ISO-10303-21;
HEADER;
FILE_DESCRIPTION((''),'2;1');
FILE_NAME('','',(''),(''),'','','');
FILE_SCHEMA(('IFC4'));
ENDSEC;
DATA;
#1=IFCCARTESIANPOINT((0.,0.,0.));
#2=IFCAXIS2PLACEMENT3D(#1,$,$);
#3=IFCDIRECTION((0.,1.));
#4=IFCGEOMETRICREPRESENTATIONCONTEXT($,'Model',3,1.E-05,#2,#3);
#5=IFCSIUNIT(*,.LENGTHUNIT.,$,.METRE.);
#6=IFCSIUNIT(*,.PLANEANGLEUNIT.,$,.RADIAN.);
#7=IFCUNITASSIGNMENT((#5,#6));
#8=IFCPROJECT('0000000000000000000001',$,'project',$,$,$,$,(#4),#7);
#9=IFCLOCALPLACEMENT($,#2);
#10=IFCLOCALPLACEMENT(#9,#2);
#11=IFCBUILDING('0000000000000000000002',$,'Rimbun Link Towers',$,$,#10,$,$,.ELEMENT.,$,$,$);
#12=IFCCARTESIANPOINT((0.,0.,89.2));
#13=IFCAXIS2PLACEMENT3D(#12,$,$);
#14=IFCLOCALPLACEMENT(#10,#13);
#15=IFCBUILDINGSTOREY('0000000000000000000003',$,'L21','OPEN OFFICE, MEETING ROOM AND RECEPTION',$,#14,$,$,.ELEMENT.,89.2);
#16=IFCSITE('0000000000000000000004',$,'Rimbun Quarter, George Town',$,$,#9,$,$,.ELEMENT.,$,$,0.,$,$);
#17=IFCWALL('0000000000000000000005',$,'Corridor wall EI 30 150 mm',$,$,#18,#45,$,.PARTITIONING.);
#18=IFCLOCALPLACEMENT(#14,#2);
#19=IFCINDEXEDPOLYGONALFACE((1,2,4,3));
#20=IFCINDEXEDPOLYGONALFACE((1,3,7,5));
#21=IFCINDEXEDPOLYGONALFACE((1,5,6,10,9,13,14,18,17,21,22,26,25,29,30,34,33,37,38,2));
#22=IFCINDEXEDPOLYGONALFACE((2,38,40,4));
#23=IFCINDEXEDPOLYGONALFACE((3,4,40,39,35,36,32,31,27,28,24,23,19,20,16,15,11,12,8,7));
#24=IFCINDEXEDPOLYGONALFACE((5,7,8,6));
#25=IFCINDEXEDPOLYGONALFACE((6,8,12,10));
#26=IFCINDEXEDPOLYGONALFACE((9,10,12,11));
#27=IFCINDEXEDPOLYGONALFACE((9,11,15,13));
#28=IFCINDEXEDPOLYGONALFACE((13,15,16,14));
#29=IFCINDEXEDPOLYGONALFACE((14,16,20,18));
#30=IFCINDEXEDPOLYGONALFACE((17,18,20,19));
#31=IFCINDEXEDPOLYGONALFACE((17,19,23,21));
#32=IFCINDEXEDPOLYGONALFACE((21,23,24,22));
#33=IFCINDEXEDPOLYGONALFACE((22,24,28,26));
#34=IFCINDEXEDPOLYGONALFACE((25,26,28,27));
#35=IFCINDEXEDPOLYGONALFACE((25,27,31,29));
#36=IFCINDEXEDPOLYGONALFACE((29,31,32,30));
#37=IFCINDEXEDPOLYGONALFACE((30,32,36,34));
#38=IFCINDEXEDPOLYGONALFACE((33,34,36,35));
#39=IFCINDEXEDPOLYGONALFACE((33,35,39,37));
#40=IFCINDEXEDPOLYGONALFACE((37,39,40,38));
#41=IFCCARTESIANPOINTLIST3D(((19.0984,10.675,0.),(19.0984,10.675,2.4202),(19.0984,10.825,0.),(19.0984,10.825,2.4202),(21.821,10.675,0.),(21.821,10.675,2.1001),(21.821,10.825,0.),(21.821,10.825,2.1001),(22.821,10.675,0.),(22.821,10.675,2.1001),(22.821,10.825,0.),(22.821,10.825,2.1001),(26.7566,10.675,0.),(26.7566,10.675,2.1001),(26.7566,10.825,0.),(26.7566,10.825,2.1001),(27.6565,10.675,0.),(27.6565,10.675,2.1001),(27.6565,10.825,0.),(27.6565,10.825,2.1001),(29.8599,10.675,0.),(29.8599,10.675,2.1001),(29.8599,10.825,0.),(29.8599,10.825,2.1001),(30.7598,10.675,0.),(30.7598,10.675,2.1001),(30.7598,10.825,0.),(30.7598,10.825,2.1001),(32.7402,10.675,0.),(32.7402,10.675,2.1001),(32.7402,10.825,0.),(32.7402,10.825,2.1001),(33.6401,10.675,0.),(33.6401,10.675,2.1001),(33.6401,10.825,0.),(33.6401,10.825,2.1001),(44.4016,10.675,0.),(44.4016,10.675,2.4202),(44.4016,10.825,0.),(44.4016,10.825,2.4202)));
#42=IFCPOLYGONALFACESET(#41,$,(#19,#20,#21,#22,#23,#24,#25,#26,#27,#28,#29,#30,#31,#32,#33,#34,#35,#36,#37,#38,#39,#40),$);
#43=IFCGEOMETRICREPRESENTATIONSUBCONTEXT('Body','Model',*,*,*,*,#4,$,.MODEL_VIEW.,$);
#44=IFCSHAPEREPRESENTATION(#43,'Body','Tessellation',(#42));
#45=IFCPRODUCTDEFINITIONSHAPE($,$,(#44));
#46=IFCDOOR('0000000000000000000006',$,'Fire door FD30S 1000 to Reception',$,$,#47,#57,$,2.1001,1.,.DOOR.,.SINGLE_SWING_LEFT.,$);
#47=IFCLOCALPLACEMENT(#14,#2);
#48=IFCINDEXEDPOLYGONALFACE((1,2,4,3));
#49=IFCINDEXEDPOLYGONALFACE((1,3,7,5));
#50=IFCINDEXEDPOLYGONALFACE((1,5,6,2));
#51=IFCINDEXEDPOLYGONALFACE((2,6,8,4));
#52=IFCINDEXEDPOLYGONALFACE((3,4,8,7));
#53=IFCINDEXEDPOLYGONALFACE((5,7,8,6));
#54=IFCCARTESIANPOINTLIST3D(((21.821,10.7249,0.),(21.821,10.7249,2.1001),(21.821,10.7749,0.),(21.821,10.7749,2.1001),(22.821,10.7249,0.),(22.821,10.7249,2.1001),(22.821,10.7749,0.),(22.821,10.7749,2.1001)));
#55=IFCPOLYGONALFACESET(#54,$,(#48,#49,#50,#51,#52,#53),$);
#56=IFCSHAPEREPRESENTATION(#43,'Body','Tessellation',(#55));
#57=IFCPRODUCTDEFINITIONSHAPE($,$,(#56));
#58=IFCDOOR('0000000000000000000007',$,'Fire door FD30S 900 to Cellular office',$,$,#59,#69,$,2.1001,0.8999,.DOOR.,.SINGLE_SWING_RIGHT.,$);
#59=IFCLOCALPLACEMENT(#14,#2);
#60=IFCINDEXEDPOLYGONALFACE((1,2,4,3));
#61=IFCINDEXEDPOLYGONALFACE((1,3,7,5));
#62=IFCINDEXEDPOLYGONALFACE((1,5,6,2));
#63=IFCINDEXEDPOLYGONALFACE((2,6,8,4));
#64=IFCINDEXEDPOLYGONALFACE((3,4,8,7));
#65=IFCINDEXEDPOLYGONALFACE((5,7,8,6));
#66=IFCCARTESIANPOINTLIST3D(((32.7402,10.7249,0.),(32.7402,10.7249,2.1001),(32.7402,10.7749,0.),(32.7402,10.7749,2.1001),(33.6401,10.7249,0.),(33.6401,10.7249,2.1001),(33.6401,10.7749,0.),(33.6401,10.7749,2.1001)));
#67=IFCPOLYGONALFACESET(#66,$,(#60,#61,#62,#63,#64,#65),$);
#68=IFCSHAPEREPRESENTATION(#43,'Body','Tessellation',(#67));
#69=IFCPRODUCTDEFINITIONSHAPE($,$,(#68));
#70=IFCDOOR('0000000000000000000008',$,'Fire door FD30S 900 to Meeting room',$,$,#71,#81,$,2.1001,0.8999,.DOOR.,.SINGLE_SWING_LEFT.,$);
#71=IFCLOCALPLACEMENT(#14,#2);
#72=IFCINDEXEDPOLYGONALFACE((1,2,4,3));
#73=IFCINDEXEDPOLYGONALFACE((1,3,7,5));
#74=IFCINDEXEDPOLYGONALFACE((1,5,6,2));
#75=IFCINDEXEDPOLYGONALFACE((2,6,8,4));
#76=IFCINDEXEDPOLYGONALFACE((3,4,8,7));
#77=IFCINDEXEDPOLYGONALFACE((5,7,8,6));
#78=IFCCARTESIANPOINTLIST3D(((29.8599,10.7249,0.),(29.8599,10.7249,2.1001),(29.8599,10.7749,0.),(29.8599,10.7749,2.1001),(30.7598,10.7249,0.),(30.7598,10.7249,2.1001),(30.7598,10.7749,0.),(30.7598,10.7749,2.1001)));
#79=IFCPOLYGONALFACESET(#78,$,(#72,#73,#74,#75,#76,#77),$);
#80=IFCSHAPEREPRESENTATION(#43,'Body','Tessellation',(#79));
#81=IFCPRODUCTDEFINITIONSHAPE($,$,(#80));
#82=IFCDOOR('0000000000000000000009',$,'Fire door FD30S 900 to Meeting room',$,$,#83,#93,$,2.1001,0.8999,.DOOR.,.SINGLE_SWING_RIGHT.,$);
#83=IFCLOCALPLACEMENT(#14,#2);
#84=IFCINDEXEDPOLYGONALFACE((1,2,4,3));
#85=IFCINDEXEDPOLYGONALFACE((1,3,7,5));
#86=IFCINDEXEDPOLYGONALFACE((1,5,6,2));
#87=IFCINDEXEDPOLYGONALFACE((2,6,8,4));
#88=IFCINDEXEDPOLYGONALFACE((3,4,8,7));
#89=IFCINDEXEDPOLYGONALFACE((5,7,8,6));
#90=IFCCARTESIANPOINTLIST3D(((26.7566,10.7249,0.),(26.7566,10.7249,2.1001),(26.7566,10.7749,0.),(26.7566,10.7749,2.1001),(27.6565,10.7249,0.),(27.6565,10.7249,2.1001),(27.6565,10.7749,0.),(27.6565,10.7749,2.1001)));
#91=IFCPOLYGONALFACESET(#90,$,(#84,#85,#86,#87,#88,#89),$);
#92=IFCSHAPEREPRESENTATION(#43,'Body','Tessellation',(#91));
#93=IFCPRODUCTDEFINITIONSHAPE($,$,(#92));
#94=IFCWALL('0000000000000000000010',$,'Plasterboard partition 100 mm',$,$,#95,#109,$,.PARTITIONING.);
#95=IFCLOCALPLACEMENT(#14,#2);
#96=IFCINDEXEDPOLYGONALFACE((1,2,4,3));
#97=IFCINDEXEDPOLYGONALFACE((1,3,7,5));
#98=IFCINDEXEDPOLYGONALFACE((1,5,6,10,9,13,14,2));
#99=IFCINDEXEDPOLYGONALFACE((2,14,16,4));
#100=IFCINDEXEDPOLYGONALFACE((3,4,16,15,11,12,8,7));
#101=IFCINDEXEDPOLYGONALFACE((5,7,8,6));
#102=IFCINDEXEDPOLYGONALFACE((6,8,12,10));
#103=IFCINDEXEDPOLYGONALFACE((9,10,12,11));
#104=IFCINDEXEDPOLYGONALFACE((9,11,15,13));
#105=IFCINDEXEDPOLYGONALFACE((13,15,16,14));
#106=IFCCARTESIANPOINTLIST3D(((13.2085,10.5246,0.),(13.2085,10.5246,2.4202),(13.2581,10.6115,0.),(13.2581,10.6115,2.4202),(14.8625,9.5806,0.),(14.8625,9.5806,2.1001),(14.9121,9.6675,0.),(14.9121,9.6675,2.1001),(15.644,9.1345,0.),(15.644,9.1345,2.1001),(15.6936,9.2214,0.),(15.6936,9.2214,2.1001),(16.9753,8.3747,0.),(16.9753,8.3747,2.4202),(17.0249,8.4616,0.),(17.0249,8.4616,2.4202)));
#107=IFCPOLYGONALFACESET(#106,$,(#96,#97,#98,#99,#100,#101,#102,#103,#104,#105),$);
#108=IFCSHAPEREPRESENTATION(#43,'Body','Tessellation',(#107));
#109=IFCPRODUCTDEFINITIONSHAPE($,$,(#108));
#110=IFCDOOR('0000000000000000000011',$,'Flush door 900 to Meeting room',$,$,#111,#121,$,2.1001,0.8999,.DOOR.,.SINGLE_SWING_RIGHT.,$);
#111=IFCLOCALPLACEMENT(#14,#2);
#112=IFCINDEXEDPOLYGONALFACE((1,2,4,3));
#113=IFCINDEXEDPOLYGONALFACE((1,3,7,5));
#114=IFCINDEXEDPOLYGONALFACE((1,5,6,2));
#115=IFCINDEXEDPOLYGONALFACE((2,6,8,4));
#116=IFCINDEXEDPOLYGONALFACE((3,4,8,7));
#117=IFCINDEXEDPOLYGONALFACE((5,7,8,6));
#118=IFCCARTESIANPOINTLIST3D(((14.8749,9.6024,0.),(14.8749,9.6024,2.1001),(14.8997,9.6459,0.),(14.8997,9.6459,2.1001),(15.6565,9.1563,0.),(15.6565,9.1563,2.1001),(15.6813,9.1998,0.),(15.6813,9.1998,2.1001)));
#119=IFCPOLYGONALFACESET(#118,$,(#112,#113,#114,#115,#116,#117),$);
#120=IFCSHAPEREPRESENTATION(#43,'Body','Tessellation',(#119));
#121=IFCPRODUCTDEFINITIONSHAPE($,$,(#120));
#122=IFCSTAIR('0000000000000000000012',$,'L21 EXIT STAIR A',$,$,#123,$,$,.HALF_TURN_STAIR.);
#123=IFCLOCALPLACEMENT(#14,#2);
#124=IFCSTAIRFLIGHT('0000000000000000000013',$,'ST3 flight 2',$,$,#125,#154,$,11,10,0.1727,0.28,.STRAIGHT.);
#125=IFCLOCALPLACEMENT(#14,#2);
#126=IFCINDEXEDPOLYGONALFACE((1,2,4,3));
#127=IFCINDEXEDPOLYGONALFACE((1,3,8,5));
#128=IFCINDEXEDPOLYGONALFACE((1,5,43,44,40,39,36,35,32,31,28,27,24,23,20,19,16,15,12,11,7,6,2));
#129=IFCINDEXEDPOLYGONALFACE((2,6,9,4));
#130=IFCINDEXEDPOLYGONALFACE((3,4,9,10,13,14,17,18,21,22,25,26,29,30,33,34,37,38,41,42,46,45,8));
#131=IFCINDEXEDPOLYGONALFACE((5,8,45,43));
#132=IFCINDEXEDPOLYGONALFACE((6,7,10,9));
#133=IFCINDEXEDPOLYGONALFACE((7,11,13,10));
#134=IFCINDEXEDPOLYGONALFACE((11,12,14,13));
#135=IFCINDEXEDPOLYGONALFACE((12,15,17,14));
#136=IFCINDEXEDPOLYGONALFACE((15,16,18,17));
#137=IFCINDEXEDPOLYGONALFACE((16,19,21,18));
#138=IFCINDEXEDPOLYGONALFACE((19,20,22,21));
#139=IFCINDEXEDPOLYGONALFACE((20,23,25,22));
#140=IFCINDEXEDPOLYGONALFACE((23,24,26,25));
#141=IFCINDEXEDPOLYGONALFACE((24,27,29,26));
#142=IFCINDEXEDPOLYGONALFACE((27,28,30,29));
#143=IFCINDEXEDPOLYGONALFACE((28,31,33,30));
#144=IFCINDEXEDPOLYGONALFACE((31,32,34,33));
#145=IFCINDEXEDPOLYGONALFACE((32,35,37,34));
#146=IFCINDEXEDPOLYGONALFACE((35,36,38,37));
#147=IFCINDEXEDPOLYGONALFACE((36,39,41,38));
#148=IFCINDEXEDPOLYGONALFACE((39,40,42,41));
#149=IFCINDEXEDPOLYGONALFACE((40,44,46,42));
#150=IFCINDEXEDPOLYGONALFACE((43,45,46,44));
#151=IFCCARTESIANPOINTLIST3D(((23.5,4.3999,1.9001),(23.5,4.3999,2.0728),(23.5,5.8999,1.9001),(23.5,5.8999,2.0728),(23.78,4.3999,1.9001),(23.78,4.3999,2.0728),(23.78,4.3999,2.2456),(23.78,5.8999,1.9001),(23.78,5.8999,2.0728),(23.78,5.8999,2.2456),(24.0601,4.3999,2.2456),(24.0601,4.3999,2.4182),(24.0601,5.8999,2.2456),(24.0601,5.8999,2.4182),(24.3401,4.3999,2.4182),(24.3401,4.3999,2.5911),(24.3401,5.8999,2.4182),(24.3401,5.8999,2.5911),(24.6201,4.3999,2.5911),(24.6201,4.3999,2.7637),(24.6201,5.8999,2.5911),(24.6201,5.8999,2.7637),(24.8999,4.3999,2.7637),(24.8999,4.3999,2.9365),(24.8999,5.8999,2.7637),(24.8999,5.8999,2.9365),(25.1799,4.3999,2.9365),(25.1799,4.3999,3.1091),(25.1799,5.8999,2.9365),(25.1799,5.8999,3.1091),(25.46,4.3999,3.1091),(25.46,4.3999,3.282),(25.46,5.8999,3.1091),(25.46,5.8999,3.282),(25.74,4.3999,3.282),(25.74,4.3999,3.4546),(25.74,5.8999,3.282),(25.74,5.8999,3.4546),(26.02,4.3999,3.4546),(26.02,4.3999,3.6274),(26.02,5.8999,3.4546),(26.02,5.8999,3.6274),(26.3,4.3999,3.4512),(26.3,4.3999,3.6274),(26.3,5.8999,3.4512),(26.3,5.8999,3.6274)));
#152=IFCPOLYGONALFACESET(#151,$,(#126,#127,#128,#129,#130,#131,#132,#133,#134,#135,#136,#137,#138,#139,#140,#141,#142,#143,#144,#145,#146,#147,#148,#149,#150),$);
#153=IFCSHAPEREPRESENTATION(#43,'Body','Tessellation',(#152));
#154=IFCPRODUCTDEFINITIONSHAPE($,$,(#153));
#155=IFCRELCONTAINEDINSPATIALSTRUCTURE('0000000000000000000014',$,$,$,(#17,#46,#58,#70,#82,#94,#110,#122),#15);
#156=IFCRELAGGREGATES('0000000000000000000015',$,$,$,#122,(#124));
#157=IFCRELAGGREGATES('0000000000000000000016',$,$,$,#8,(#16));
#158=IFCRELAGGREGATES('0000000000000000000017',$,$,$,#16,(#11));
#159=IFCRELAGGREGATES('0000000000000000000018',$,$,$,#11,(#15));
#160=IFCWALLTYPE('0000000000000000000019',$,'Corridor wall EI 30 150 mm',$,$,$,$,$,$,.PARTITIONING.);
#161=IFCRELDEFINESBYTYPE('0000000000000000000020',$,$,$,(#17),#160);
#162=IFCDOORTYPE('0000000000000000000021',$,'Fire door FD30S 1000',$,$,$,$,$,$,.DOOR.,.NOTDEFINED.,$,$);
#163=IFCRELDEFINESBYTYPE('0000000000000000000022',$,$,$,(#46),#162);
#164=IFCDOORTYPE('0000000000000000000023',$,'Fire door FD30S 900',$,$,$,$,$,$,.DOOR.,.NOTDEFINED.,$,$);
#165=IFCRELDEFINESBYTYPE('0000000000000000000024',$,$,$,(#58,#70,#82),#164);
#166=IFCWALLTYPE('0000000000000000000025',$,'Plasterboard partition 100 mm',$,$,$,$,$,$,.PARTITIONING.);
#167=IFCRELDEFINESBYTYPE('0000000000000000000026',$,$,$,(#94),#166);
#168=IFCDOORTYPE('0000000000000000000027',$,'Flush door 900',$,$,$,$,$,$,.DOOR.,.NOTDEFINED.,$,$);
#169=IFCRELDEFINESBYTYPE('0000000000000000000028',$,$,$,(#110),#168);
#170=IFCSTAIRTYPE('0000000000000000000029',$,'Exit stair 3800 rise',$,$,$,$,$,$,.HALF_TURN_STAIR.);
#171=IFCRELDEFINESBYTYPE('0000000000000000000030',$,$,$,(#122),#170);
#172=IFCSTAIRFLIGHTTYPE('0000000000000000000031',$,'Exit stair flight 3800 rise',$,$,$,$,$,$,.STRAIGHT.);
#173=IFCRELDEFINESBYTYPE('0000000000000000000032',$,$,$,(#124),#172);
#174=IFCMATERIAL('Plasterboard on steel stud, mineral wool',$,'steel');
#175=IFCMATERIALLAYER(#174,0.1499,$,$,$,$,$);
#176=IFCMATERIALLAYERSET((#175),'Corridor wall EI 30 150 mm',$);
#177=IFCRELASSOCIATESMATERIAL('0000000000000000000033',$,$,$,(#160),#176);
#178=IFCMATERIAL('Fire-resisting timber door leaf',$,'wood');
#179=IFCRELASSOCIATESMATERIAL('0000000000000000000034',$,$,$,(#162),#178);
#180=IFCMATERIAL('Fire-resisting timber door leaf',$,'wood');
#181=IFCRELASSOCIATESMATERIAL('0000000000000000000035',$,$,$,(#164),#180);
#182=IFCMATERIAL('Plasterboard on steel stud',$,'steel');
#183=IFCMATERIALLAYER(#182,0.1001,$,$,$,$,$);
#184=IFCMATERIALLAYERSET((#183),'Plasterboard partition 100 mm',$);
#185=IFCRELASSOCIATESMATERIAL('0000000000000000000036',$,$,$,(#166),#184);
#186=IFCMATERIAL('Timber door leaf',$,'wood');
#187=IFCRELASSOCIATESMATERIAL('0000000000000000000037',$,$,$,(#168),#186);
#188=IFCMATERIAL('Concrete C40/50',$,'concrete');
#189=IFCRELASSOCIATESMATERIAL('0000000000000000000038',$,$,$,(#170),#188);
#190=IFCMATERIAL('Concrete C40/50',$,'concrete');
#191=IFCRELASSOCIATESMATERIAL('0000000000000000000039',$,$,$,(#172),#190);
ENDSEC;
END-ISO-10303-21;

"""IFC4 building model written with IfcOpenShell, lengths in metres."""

from ifc_helpers import new_model, si_unit, direction, frame, frame_2d, origin, place, context, subcontext, project, spatial, polyline, rectangle, outline, extrude, material, layer, layer_set, type_object, element, fill, aggregate, save


model = new_model("IFC4")

# Units and contexts
model_context = context("Model", 3, precision=1e-05, world=origin(), true_north=direction((0.0, 1.0)))
body_context = subcontext(model_context, "Body", "Model", "MODEL_VIEW")
ifc_project = project(units=[si_unit("LENGTHUNIT", "METRE"), si_unit("PLANEANGLEUNIT", "RADIAN")], contexts=[model_context])

# Site, building, storey
site_placement = place(None, origin())
site = spatial("IfcSite", under=ifc_project, at=site_placement, Name="Rimbun Quarter, George Town", CompositionType="ELEMENT", RefElevation=0.0)
building_placement = place(site_placement, origin())
building = spatial("IfcBuilding", under=site, at=building_placement, Name="Rimbun Link Towers", CompositionType="ELEMENT")
storey_placement = place(building_placement, frame((0.0, 0.0, 89.2)))
storey = spatial("IfcBuildingStorey", under=building, at=storey_placement, Name="L21", Description="OPEN OFFICE, MEETING ROOM AND RECEPTION", CompositionType="ELEMENT", Elevation=89.2)

# Wall, openings, doors
ifc_material_1 = material(Name="Plasterboard on steel stud, mineral wool", Category="steel")
ifc_layer_1 = layer(ifc_material_1, 0.1499)
ifc_layer_set_1 = layer_set([ifc_layer_1], Name="Corridor wall EI 30 150 mm")
wall_type_1 = type_object("IfcWallType", Name="Corridor wall EI 30 150 mm", PredefinedType="PARTITIONING", material=ifc_layer_set_1)
wall_1_placement = place(storey_placement, frame((19.0984, 10.75, 0.0), z_axis=(0.0, 0.0, 1.0), x_axis=(1.0, 0.0, 0.0)))
wall_1 = element("IfcWall", 1, at=wall_1_placement, inside=storey, type_object=wall_type_1, Name="Corridor wall EI 30 150 mm", PredefinedType="PARTITIONING", context=body_context, shape_type="SweptSolid", body=[
    extrude(rectangle(XDim=25.3032, YDim=0.1499, at=frame_2d((12.6516, 0.0))), origin(), (0.0, 0.0, 1.0), 2.4202),
])
opening_1_placement = place(wall_1_placement, frame((13.6418, 0.0, 0.0)))
opening_1 = element("IfcOpeningElement", 2, at=opening_1_placement, cuts=wall_1, PredefinedType="OPENING", context=body_context, shape_type="SweptSolid", body=[
    extrude(rectangle(XDim=0.8999, YDim=2.1001, at=frame_2d((0.45, 1.05))), frame((0.0, 0.085, 0.0), z_axis=(0.0, -1.0, 0.0), x_axis=(1.0, 0.0, 0.0)), (0.0, 0.0, 1.0), 0.1699),
])
opening_2_placement = place(wall_1_placement, frame((10.7615, 0.0, 0.0)))
opening_2 = element("IfcOpeningElement", 3, at=opening_2_placement, cuts=wall_1, PredefinedType="OPENING", context=body_context, shape_type="SweptSolid", body=[
    extrude(rectangle(XDim=0.8999, YDim=2.1001, at=frame_2d((0.45, 1.05))), frame((0.0, 0.085, 0.0), z_axis=(0.0, -1.0, 0.0), x_axis=(1.0, 0.0, 0.0)), (0.0, 0.0, 1.0), 0.1699),
])
opening_3_placement = place(wall_1_placement, frame((7.6582, 0.0, 0.0)))
opening_3 = element("IfcOpeningElement", 4, at=opening_3_placement, cuts=wall_1, PredefinedType="OPENING", context=body_context, shape_type="SweptSolid", body=[
    extrude(rectangle(XDim=0.8999, YDim=2.1001, at=frame_2d((0.45, 1.05))), frame((0.0, 0.085, 0.0), z_axis=(0.0, -1.0, 0.0), x_axis=(1.0, 0.0, 0.0)), (0.0, 0.0, 1.0), 0.1699),
])
opening_4_placement = place(wall_1_placement, frame((2.7227, 0.0, 0.0)))
opening_4 = element("IfcOpeningElement", 5, at=opening_4_placement, cuts=wall_1, PredefinedType="OPENING", context=body_context, shape_type="SweptSolid", body=[
    extrude(rectangle(XDim=1.0, YDim=2.1001, at=frame_2d((0.5, 1.05))), frame((0.0, 0.085, 0.0), z_axis=(0.0, -1.0, 0.0), x_axis=(1.0, 0.0, 0.0)), (0.0, 0.0, 1.0), 0.1699),
])
ifc_material_2 = material(Name="Fire-resisting timber door leaf", Category="wood")
door_type_1 = type_object("IfcDoorType", Name="Fire door FD30S 1000", OperationType="NOTDEFINED", PredefinedType="DOOR", material=ifc_material_2)
door_1_placement = place(opening_4_placement, origin())
door_1 = element("IfcDoor", 6, at=door_1_placement, inside=storey, type_object=door_type_1, Name="Fire door FD30S 1000 to Reception", OperationType="SINGLE_SWING_LEFT", OverallHeight=2.1001, OverallWidth=1.0, PredefinedType="DOOR", context=body_context, shape_type="SweptSolid", body=[
    extrude(rectangle(XDim=1.0, YDim=2.1001, at=frame_2d((0.5, 1.05))), frame((0.0, 0.0249, 0.0), z_axis=(0.0, -1.0, 0.0), x_axis=(1.0, 0.0, 0.0)), (0.0, 0.0, 1.0), 0.05),
])
fill(opening_4, door_1)
ifc_material_3 = material(Name="Fire-resisting timber door leaf", Category="wood")
door_type_2 = type_object("IfcDoorType", Name="Fire door FD30S 900", OperationType="NOTDEFINED", PredefinedType="DOOR", material=ifc_material_3)
door_2_placement = place(opening_1_placement, origin())
door_2 = element("IfcDoor", 7, at=door_2_placement, inside=storey, type_object=door_type_2, Name="Fire door FD30S 900 to Cellular office", OperationType="SINGLE_SWING_RIGHT", OverallHeight=2.1001, OverallWidth=0.8999, PredefinedType="DOOR", context=body_context, shape_type="SweptSolid", body=[
    extrude(rectangle(XDim=0.8999, YDim=2.1001, at=frame_2d((0.45, 1.05))), frame((0.0, 0.0249, 0.0), z_axis=(0.0, -1.0, 0.0), x_axis=(1.0, 0.0, 0.0)), (0.0, 0.0, 1.0), 0.05),
])
fill(opening_1, door_2)
door_3_placement = place(opening_2_placement, origin())
door_3 = element("IfcDoor", 8, at=door_3_placement, inside=storey, type_object=door_type_2, Name="Fire door FD30S 900 to Meeting room", OperationType="SINGLE_SWING_LEFT", OverallHeight=2.1001, OverallWidth=0.8999, PredefinedType="DOOR", context=body_context, shape_type="SweptSolid", body=[
    extrude(rectangle(XDim=0.8999, YDim=2.1001, at=frame_2d((0.45, 1.05))), frame((0.0, 0.0249, 0.0), z_axis=(0.0, -1.0, 0.0), x_axis=(1.0, 0.0, 0.0)), (0.0, 0.0, 1.0), 0.05),
])
fill(opening_2, door_3)
door_4_placement = place(opening_3_placement, origin())
door_4 = element("IfcDoor", 9, at=door_4_placement, inside=storey, type_object=door_type_2, Name="Fire door FD30S 900 to Meeting room", OperationType="SINGLE_SWING_RIGHT", OverallHeight=2.1001, OverallWidth=0.8999, PredefinedType="DOOR", context=body_context, shape_type="SweptSolid", body=[
    extrude(rectangle(XDim=0.8999, YDim=2.1001, at=frame_2d((0.45, 1.05))), frame((0.0, 0.0249, 0.0), z_axis=(0.0, -1.0, 0.0), x_axis=(1.0, 0.0, 0.0)), (0.0, 0.0, 1.0), 0.05),
])
fill(opening_3, door_4)

# Wall, opening, door
ifc_material_4 = material(Name="Plasterboard on steel stud", Category="steel")
ifc_layer_2 = layer(ifc_material_4, 0.1001)
ifc_layer_set_2 = layer_set([ifc_layer_2], Name="Plasterboard partition 100 mm")
wall_type_2 = type_object("IfcWallType", Name="Plasterboard partition 100 mm", PredefinedType="PARTITIONING", material=ifc_layer_set_2)
wall_2_placement = place(storey_placement, frame((17.0, 8.4182, 0.0), z_axis=(0.0, 0.0, 1.0), x_axis=(-0.868499, 0.49569, 0.0)))
wall_2 = element("IfcWall", 10, at=wall_2_placement, inside=storey, type_object=wall_type_2, Name="Plasterboard partition 100 mm", PredefinedType="PARTITIONING", context=body_context, shape_type="SweptSolid", body=[
    extrude(rectangle(XDim=4.3372, YDim=0.1001, at=frame_2d((2.1685, 0.0))), origin(), (0.0, 0.0, 1.0), 2.4202),
])
opening_5_placement = place(wall_2_placement, frame((1.5327, 0.0, 0.0)))
opening_5 = element("IfcOpeningElement", 11, at=opening_5_placement, cuts=wall_2, PredefinedType="OPENING", context=body_context, shape_type="SweptSolid", body=[
    extrude(rectangle(XDim=0.8999, YDim=2.1001, at=frame_2d((0.45, 1.05))), frame((0.0, 0.0601, 0.0), z_axis=(0.0, -1.0, 0.0), x_axis=(1.0, 0.0, 0.0)), (0.0, 0.0, 1.0), 0.1201),
])
ifc_material_5 = material(Name="Timber door leaf", Category="wood")
door_type_3 = type_object("IfcDoorType", Name="Flush door 900", OperationType="NOTDEFINED", PredefinedType="DOOR", material=ifc_material_5)
door_5_placement = place(opening_5_placement, origin())
door_5 = element("IfcDoor", 12, at=door_5_placement, inside=storey, type_object=door_type_3, Name="Flush door 900 to Meeting room", OperationType="SINGLE_SWING_RIGHT", OverallHeight=2.1001, OverallWidth=0.8999, PredefinedType="DOOR", context=body_context, shape_type="SweptSolid", body=[
    extrude(rectangle(XDim=0.8999, YDim=2.1001, at=frame_2d((0.45, 1.05))), frame((0.0, 0.0249, 0.0), z_axis=(0.0, -1.0, 0.0), x_axis=(1.0, 0.0, 0.0)), (0.0, 0.0, 1.0), 0.05),
])
fill(opening_5, door_5)

# Stair, stair flight
ifc_material_6 = material(Name="Concrete C40/50", Category="concrete")
stair_type = type_object("IfcStairType", Name="Exit stair 3800 rise", PredefinedType="HALF_TURN_STAIR", material=ifc_material_6)
stair_placement = place(storey_placement, origin())
stair = element("IfcStair", 13, at=stair_placement, inside=storey, type_object=stair_type, Name="L21 EXIT STAIR A", PredefinedType="HALF_TURN_STAIR")
ifc_material_7 = material(Name="Concrete C40/50", Category="concrete")
stair_flight_type = type_object("IfcStairFlightType", Name="Exit stair flight 3800 rise", PredefinedType="STRAIGHT", material=ifc_material_7)
stair_flight_placement = place(storey_placement, frame((23.5, 5.1499, 1.9001), z_axis=(0.0, 0.0, 1.0), x_axis=(1.0, 0.0, 0.0)))
stair_flight = element("IfcStairFlight", 14, at=stair_flight_placement, type_object=stair_flight_type, Name="ST3 flight 2", NumberOfRisers=11, NumberOfTreads=10, PredefinedType="STRAIGHT", RiserHeight=0.1727, TreadLength=0.28, context=body_context, shape_type="SweptSolid", body=[
    extrude(outline(polyline([(0.0, 0.0), (0.0, 0.1726), (0.28, 0.1726), (0.28, 0.3455), (0.5601, 0.3455), (0.5601, 0.5181), (0.8401, 0.5181), (0.8401, 0.6909), (1.1201, 0.6909), (1.1201, 0.8635), (1.3999, 0.8635), (1.3999, 1.0364), (1.6799, 1.0364), (1.6799, 1.209), (1.96, 1.209), (1.96, 1.3818), (2.24, 1.3818), (2.24, 1.5544), (2.52, 1.5544), (2.52, 1.7273), (2.8, 1.7273), (2.8, 1.8999), (2.8, 1.551), (0.28, 0.0), (0.0, 0.0)])), frame((0.0, 0.75, 0.0), z_axis=(0.0, -1.0, 0.0), x_axis=(1.0, 0.0, 0.0)), (0.0, 0.0, 1.0), 1.5),
])
aggregate(stair, [stair_flight])

save(model, "model.ifc")
